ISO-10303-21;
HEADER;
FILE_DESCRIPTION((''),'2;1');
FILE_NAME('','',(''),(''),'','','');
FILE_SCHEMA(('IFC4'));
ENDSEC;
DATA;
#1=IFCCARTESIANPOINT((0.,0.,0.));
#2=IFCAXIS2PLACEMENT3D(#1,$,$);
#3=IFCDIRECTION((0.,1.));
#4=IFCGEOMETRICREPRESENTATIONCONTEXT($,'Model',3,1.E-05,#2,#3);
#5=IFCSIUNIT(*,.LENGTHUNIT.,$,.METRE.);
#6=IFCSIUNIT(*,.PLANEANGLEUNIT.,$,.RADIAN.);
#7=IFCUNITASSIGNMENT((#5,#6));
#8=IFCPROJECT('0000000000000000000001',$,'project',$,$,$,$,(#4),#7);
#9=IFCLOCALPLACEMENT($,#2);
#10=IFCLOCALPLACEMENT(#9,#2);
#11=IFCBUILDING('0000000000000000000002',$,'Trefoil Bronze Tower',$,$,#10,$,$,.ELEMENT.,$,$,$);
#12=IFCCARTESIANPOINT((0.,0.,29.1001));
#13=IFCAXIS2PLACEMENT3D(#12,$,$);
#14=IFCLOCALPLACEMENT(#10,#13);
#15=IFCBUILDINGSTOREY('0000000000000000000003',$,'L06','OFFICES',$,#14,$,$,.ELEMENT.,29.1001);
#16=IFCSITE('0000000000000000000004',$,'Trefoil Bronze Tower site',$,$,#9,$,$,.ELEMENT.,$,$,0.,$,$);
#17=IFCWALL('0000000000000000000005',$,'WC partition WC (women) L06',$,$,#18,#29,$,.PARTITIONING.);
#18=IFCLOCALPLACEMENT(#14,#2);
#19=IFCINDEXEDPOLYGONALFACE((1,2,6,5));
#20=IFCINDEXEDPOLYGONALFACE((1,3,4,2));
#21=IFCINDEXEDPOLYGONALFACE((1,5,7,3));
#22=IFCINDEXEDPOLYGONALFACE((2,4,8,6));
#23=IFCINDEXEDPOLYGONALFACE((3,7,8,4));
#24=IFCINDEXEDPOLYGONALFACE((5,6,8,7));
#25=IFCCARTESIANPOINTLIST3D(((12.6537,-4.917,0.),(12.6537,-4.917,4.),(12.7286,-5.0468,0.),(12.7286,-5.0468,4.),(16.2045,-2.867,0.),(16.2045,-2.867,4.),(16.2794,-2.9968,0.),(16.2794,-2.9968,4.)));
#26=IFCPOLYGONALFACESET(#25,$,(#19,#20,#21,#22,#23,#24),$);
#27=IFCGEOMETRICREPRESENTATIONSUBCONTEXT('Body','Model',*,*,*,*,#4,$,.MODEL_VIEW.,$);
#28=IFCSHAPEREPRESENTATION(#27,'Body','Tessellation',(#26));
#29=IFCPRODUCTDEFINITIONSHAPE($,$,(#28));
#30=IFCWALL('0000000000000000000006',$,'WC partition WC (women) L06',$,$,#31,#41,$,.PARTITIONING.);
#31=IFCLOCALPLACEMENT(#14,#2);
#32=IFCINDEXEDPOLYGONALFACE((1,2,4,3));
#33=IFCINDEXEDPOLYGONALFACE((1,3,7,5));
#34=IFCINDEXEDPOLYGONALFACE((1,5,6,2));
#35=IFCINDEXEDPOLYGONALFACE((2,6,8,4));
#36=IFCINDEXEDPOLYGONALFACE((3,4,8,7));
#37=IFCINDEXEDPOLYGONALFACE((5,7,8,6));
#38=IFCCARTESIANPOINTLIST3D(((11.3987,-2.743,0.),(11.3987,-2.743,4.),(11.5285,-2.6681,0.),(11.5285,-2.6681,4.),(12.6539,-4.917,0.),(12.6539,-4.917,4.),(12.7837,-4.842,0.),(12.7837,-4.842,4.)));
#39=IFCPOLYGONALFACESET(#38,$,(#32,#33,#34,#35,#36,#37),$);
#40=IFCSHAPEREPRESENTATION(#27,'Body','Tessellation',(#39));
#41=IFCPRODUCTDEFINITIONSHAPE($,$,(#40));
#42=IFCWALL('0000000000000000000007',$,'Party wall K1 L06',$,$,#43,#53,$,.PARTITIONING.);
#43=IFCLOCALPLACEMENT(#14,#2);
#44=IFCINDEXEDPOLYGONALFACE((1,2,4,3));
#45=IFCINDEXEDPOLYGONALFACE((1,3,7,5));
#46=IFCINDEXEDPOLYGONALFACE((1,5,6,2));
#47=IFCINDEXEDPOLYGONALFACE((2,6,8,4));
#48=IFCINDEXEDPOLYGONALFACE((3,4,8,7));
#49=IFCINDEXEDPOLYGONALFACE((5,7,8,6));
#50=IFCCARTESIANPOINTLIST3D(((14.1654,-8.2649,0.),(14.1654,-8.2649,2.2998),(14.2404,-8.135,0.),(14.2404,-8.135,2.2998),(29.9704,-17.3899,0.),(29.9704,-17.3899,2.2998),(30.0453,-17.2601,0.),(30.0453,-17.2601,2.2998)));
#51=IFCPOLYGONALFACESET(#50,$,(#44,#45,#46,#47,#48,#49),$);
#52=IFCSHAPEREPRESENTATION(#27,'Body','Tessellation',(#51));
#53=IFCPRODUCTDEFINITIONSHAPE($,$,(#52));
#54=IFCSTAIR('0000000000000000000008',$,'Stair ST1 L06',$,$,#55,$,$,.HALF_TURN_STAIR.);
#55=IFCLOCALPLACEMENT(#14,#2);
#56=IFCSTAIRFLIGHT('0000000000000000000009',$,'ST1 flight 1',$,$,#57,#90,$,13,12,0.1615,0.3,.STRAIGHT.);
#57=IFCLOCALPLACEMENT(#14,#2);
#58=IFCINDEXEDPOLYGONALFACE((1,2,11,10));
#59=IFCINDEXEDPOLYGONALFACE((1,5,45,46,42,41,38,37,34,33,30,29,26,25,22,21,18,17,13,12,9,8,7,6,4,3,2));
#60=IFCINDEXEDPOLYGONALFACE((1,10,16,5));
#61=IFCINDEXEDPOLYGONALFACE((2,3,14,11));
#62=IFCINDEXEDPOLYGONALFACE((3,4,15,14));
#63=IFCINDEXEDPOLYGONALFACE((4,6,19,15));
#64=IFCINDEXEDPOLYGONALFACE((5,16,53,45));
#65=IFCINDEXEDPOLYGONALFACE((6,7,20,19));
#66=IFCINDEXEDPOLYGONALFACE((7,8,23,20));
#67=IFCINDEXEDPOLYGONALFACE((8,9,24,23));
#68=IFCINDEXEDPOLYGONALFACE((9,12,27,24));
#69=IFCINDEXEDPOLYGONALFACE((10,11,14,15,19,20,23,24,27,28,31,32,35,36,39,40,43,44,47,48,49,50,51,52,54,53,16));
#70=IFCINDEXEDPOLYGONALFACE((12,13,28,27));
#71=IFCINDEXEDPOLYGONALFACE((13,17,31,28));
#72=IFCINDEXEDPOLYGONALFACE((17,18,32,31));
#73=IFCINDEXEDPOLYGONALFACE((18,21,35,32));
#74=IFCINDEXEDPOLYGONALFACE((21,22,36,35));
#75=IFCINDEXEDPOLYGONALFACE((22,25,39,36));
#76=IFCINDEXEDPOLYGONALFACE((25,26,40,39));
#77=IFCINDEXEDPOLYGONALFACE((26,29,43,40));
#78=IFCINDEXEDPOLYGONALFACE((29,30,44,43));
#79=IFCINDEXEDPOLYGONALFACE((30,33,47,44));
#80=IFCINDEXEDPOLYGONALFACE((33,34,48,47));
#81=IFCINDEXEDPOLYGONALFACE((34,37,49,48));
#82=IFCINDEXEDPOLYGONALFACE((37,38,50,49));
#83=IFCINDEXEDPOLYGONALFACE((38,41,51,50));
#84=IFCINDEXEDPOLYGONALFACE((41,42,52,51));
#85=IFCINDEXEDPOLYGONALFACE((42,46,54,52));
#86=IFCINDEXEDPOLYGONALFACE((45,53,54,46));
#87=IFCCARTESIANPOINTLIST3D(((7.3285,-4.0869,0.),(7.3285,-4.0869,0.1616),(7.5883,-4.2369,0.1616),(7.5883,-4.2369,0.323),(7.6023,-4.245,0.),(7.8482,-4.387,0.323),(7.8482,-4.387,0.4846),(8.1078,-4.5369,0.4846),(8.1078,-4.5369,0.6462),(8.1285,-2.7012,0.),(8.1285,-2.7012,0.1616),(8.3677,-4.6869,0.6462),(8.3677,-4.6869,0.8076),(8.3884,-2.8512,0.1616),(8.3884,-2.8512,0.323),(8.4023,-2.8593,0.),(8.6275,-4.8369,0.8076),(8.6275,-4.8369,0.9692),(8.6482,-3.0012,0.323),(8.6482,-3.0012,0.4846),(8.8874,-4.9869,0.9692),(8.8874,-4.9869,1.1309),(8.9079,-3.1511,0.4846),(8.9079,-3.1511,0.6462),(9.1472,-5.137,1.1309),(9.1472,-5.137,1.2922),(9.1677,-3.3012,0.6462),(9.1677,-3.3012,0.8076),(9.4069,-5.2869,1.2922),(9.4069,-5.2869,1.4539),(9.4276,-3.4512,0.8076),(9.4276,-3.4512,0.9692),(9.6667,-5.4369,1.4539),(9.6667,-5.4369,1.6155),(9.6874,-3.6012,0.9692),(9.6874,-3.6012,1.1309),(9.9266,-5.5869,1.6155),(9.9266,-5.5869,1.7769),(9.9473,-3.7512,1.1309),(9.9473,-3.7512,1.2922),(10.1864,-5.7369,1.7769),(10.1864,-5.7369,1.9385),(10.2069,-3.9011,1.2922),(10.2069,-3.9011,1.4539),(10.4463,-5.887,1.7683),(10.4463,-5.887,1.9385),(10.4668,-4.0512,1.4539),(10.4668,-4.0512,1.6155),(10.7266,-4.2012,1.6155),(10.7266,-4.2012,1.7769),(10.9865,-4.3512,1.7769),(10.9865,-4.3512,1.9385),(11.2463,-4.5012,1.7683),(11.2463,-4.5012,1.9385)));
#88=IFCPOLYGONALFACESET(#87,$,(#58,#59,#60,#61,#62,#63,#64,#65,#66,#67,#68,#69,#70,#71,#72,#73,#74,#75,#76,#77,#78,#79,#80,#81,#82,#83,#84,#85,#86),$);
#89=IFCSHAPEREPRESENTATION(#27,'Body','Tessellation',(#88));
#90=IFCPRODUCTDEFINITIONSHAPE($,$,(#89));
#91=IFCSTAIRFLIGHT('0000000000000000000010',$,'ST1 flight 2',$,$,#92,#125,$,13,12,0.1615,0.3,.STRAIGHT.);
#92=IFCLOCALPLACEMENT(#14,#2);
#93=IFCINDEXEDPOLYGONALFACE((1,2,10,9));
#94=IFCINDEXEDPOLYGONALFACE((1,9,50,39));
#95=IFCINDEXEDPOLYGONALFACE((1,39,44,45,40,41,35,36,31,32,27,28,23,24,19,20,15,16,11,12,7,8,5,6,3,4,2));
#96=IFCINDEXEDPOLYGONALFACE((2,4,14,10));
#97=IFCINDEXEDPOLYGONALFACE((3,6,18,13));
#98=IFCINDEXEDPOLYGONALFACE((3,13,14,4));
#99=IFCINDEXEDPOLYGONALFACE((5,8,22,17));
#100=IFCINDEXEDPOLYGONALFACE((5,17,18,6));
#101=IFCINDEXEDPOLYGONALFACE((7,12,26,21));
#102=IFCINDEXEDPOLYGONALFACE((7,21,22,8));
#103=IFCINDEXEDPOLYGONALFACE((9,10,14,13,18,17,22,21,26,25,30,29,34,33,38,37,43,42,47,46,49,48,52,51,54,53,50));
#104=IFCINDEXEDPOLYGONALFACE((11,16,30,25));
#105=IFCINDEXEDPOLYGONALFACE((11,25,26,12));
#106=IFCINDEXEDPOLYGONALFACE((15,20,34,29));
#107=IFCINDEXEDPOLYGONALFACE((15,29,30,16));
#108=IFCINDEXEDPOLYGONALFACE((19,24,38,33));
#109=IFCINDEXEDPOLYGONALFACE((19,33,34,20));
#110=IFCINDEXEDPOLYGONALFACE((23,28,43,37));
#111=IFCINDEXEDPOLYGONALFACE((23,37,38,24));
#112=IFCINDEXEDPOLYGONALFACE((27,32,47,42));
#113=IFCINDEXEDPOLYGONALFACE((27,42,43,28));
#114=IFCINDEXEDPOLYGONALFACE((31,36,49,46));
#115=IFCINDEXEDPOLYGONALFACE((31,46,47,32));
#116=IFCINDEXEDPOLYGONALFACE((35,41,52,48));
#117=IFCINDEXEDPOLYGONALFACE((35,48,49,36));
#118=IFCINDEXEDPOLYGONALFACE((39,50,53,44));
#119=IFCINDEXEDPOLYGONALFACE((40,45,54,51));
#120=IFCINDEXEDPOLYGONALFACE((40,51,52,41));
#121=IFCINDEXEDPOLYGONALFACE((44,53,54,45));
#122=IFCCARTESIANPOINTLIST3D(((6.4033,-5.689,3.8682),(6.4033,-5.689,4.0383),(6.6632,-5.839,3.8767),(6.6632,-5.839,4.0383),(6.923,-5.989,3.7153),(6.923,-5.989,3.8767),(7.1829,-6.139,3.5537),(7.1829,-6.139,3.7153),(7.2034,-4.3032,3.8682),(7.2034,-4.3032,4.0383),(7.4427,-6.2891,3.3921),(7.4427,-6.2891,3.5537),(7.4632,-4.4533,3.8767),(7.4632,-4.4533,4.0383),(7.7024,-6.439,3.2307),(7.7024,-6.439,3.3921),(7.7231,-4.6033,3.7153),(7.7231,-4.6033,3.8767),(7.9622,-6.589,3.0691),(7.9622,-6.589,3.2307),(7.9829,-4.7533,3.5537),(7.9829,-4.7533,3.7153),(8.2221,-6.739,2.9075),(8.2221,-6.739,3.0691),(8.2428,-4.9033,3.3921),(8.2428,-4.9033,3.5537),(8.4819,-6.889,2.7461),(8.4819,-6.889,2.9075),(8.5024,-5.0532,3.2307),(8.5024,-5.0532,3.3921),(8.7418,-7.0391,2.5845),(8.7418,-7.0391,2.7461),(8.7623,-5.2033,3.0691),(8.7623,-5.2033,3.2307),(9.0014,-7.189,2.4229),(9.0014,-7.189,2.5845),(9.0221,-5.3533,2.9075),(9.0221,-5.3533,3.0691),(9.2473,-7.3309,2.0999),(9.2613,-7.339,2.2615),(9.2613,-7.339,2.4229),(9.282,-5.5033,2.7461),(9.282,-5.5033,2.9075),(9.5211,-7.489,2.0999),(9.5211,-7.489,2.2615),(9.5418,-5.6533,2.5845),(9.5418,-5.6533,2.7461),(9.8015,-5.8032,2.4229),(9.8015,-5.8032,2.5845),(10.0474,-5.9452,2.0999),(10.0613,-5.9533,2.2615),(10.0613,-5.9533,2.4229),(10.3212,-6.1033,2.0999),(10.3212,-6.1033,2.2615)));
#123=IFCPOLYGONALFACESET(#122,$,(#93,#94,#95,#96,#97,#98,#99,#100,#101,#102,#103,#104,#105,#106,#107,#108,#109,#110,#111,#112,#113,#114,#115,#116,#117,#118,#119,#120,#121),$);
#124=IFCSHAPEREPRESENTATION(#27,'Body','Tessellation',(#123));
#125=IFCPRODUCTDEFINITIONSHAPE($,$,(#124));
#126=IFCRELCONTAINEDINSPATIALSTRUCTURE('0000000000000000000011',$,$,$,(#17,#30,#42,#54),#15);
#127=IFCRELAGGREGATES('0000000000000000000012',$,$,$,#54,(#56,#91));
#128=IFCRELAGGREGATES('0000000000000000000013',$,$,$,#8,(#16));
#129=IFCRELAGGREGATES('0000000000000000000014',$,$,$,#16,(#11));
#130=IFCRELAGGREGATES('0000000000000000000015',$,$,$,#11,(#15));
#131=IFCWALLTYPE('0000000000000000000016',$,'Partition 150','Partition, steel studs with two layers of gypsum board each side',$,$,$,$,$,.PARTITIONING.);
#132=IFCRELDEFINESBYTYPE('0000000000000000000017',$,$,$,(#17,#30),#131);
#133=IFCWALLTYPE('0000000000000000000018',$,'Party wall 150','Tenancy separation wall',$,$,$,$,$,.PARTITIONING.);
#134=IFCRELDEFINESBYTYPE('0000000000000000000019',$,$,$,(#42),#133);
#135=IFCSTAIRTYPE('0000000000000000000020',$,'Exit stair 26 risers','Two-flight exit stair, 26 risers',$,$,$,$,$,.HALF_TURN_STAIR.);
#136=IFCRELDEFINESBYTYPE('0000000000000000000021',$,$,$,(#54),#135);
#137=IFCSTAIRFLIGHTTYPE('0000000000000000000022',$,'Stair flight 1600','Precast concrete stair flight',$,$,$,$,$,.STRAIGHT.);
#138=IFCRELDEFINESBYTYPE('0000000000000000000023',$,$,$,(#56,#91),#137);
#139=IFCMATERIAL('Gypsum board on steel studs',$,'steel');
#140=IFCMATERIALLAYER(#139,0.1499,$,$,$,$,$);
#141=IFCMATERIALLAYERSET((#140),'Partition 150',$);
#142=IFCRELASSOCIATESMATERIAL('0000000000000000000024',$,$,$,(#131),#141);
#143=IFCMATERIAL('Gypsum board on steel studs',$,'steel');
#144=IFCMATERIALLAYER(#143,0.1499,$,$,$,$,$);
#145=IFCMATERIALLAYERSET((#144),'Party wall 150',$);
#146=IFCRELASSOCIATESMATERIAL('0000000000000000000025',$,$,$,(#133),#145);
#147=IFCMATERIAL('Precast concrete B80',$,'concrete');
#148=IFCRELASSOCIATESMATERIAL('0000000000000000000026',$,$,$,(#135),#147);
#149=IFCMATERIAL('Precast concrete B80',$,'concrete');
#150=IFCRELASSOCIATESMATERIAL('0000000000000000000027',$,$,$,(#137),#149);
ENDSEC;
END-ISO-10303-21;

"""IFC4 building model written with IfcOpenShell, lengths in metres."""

from ifc_helpers import new_model, si_unit, direction, frame, frame_2d, origin, place, context, subcontext, project, spatial, polyline, rectangle, outline, extrude, material, layer, layer_set, type_object, element, aggregate, save


model = new_model("IFC4")

# Units and contexts
model_context = context("Model", 3, precision=1e-05, world=origin(), true_north=direction((0.0, 1.0)))
body_context = subcontext(model_context, "Body", "Model", "MODEL_VIEW")
ifc_project = project(units=[si_unit("LENGTHUNIT", "METRE"), si_unit("PLANEANGLEUNIT", "RADIAN")], contexts=[model_context])

# Site, building, storey
site_placement = place(None, origin())
site = spatial("IfcSite", under=ifc_project, at=site_placement, Name="Trefoil Bronze Tower site", CompositionType="ELEMENT", RefElevation=0.0)
building_placement = place(site_placement, origin())
building = spatial("IfcBuilding", under=site, at=building_placement, Name="Trefoil Bronze Tower", CompositionType="ELEMENT")
storey_placement = place(building_placement, frame((0.0, 0.0, 29.1001)))
storey = spatial("IfcBuildingStorey", under=building, at=storey_placement, Name="L06", Description="OFFICES", CompositionType="ELEMENT", Elevation=29.1001)

# Shared definitions
ifc_material_1 = material(Name="Gypsum board on steel studs", Category="steel")
ifc_layer_1 = layer(ifc_material_1, 0.1499)
ifc_layer_set_1 = layer_set([ifc_layer_1], Name="Partition 150")
wall_type_1 = type_object("IfcWallType", Name="Partition 150", Description="Partition, steel studs with two layers of gypsum board each side", PredefinedType="PARTITIONING", material=ifc_layer_set_1)

# Walls
wall_1_placement = place(storey_placement, frame((12.6912, -4.9819, 0.0), z_axis=(0.0, 0.0, 1.0), x_axis=(0.866025, 0.500001, 0.0)))
element("IfcWall", 1, at=wall_1_placement, inside=storey, type_object=wall_type_1, Name="WC partition WC (women) L06", PredefinedType="PARTITIONING", context=body_context, shape_type="SweptSolid", body=[
    extrude(rectangle(XDim=4.1001, YDim=0.1499, at=frame_2d((2.05, 0.0))), origin(), (0.0, 0.0, 1.0), 4.0),
])
wall_2_placement = place(storey_placement, frame((11.4636, -2.7056, 0.0), z_axis=(0.0, 0.0, 1.0), x_axis=(0.50002, -0.866014, 0.0)))
element("IfcWall", 2, at=wall_2_placement, inside=storey, type_object=wall_type_1, Name="WC partition WC (women) L06", PredefinedType="PARTITIONING", context=body_context, shape_type="SweptSolid", body=[
    extrude(rectangle(XDim=2.5103, YDim=0.1499, at=frame_2d((1.2551, 0.0))), origin(), (0.0, 0.0, 1.0), 4.0),
])
ifc_material_2 = material(Name="Gypsum board on steel studs", Category="steel")
ifc_layer_2 = layer(ifc_material_2, 0.1499)
ifc_layer_set_2 = layer_set([ifc_layer_2], Name="Party wall 150")
wall_type_2 = type_object("IfcWallType", Name="Party wall 150", Description="Tenancy separation wall", PredefinedType="PARTITIONING", material=ifc_layer_set_2)
wall_3_placement = place(storey_placement, frame((14.2029, -8.2, 0.0), z_axis=(0.0, 0.0, 1.0), x_axis=(0.866025, -0.500001, 0.0)))
element("IfcWall", 3, at=wall_3_placement, inside=storey, type_object=wall_type_2, Name="Party wall K1 L06", PredefinedType="PARTITIONING", context=body_context, shape_type="SweptSolid", body=[
    extrude(rectangle(XDim=18.25, YDim=0.1499, at=frame_2d((9.125, 0.0))), origin(), (0.0, 0.0, 1.0), 2.2998),
])

# Stair, stair flights
ifc_material_3 = material(Name="Precast concrete B80", Category="concrete")
stair_type = type_object("IfcStairType", Name="Exit stair 26 risers", Description="Two-flight exit stair, 26 risers", PredefinedType="HALF_TURN_STAIR", material=ifc_material_3)
stair_placement = place(storey_placement, origin())
stair = element("IfcStair", 4, at=stair_placement, inside=storey, type_object=stair_type, Name="Stair ST1 L06", PredefinedType="HALF_TURN_STAIR")
ifc_material_4 = material(Name="Precast concrete B80", Category="concrete")
stair_flight_type = type_object("IfcStairFlightType", Name="Stair flight 1600", Description="Precast concrete stair flight", PredefinedType="STRAIGHT", material=ifc_material_4)
stair_flight_1_placement = place(storey_placement, frame((7.7285, -3.394, 0.0), z_axis=(0.0, 0.0, 1.0), x_axis=(0.866025, -0.5, 0.0)))
stair_flight_1 = element("IfcStairFlight", 5, at=stair_flight_1_placement, type_object=stair_flight_type, Name="ST1 flight 1", NumberOfRisers=13, NumberOfTreads=12, PredefinedType="STRAIGHT", RiserHeight=0.1615, TreadLength=0.3, context=body_context, shape_type="SweptSolid", body=[
    extrude(outline(polyline([(0.0, 0.0), (0.0, 0.1616), (0.3, 0.1616), (0.3, 0.323), (0.6001, 0.323), (0.6001, 0.4846), (0.8999, 0.4846), (0.8999, 0.6462), (1.2, 0.6462), (1.2, 0.8076), (1.5, 0.8076), (1.5, 0.9692), (1.8, 0.9692), (1.8, 1.1309), (2.1001, 1.1309), (2.1001, 1.2922), (2.3999, 1.2922), (2.3999, 1.4539), (2.7, 1.4539), (2.7, 1.6155), (3.0, 1.6155), (3.0, 1.7769), (3.3, 1.7769), (3.3, 1.9385), (3.6001, 1.9385), (3.6001, 2.1001), (3.6001, 1.7683), (0.3162, 0.0), (0.0, 0.0)])), frame((0.0, 0.8, 0.0), z_axis=(0.0, -1.0, 0.0), x_axis=(1.0, 0.0, 0.0)), (0.0, 0.0, 1.0), 1.6001),
])
stair_flight_2_placement = place(storey_placement, frame((9.9211, -6.7961, 2.0999), z_axis=(0.0, 0.0, 1.0), x_axis=(-0.866025, 0.5, 0.0)))
stair_flight_2 = element("IfcStairFlight", 6, at=stair_flight_2_placement, type_object=stair_flight_type, Name="ST1 flight 2", NumberOfRisers=13, NumberOfTreads=12, PredefinedType="STRAIGHT", RiserHeight=0.1615, TreadLength=0.3, context=body_context, shape_type="SweptSolid", body=[
    extrude(outline(polyline([(0.0, 0.0), (0.0, 0.1616), (0.3, 0.1616), (0.3, 0.323), (0.6001, 0.323), (0.6001, 0.4846), (0.8999, 0.4846), (0.8999, 0.6462), (1.2, 0.6462), (1.2, 0.8076), (1.5, 0.8076), (1.5, 0.9692), (1.8, 0.9692), (1.8, 1.1309), (2.1001, 1.1309), (2.1001, 1.2922), (2.3999, 1.2922), (2.3999, 1.4539), (2.7, 1.4539), (2.7, 1.6155), (3.0, 1.6155), (3.0, 1.7769), (3.3, 1.7769), (3.3, 1.9385), (3.6001, 1.9385), (3.6001, 2.1001), (3.6001, 1.7683), (0.3162, 0.0), (0.0, 0.0)])), frame((0.0, 0.8, 0.0), z_axis=(0.0, -1.0, 0.0), x_axis=(1.0, 0.0, 0.0)), (0.0, 0.0, 1.0), 1.6001),
])
aggregate(stair, [stair_flight_1, stair_flight_2])

save(model, "model.ifc")
